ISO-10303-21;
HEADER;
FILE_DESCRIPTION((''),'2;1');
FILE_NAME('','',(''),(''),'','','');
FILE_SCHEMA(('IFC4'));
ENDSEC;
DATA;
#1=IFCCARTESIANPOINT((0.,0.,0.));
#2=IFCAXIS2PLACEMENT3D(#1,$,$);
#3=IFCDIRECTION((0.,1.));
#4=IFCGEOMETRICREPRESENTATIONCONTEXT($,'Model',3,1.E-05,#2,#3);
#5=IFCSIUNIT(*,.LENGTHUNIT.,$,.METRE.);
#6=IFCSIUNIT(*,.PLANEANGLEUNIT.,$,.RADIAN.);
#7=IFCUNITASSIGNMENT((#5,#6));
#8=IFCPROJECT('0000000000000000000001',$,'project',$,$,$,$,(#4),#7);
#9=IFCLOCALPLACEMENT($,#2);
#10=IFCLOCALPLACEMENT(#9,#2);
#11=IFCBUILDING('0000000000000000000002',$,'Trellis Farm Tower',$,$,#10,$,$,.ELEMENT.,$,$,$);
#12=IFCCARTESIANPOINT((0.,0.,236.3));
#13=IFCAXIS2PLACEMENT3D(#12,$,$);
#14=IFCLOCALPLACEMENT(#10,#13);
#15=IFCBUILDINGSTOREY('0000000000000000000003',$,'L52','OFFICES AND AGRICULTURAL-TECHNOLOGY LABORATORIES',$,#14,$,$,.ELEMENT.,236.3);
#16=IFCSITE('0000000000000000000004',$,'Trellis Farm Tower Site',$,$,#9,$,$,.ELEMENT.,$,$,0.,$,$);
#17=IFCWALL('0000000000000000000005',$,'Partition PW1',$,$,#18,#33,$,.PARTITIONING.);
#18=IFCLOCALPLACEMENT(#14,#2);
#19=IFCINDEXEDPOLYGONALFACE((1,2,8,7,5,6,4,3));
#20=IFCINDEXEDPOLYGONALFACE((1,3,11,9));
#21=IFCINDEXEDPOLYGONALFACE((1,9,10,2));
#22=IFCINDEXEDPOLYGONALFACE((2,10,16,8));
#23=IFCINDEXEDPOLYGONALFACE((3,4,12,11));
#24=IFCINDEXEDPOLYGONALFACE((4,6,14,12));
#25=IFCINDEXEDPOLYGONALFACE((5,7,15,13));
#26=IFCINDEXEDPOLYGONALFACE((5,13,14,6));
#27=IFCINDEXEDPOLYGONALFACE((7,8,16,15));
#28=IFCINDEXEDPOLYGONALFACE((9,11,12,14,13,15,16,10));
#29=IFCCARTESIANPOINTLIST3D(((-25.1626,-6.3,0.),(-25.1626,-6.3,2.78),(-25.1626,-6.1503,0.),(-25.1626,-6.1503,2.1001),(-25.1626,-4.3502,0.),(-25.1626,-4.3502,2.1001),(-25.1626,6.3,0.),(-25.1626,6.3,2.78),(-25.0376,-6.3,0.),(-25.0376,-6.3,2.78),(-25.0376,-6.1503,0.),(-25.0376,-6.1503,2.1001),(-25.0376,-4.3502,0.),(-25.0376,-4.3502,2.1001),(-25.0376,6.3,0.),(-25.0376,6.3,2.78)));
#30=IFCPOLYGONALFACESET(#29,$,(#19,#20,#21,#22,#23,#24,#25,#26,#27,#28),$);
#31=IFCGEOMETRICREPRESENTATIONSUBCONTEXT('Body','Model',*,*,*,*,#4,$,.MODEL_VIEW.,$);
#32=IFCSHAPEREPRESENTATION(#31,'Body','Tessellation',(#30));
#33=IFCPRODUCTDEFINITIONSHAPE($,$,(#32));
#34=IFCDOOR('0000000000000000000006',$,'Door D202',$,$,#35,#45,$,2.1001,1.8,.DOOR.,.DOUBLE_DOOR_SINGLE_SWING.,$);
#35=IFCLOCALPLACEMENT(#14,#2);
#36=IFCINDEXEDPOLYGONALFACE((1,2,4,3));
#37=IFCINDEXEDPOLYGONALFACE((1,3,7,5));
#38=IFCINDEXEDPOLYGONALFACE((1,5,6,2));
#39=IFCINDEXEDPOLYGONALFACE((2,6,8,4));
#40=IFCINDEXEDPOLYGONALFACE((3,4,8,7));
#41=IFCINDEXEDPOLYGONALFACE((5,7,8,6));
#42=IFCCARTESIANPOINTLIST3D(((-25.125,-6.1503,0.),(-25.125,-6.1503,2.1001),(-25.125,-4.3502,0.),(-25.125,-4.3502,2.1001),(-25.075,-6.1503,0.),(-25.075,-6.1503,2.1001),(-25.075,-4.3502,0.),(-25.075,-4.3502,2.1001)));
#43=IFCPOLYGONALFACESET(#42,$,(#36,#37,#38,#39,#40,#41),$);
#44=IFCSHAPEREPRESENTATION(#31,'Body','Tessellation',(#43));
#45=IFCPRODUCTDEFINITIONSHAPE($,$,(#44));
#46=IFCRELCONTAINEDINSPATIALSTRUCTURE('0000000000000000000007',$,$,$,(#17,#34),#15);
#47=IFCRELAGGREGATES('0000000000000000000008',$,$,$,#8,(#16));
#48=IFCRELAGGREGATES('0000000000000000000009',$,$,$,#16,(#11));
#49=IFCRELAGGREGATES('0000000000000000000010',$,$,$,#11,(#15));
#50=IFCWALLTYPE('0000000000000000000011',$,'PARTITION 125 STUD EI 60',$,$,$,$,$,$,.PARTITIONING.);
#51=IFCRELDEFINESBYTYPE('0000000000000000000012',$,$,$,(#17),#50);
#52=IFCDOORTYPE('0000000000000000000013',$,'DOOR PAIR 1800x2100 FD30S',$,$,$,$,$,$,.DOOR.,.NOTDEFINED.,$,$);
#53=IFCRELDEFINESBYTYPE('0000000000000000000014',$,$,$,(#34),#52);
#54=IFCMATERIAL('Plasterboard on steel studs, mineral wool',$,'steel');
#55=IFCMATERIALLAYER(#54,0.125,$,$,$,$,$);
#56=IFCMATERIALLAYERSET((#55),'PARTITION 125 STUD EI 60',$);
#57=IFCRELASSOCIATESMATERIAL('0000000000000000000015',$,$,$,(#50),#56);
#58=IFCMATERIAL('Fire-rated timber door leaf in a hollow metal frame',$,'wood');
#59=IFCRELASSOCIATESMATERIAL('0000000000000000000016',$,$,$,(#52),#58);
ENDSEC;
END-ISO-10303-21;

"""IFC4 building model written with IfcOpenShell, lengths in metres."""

from ifc_helpers import new_model, si_unit, direction, frame, frame_2d, origin, place, context, subcontext, project, spatial, rectangle, extrude, source, transform, mapped, material, layer, layer_set, type_object, element, fill, save


model = new_model("IFC4")

# Units and contexts
model_context = context("Model", 3, precision=1e-05, world=origin(), true_north=direction((0.0, 1.0)))
body_context = subcontext(model_context, "Body", "Model", "MODEL_VIEW")
ifc_project = project(units=[si_unit("LENGTHUNIT", "METRE"), si_unit("PLANEANGLEUNIT", "RADIAN")], contexts=[model_context])

# Site, building, storey
site_placement = place(None, origin())
site = spatial("IfcSite", under=ifc_project, at=site_placement, Name="Trellis Farm Tower Site", CompositionType="ELEMENT", RefElevation=0.0)
building_placement = place(site_placement, origin())
building = spatial("IfcBuilding", under=site, at=building_placement, Name="Trellis Farm Tower", CompositionType="ELEMENT")
storey_placement = place(building_placement, frame((0.0, 0.0, 236.3)))
storey = spatial("IfcBuildingStorey", under=building, at=storey_placement, Name="L52", Description="OFFICES AND AGRICULTURAL-TECHNOLOGY LABORATORIES", CompositionType="ELEMENT", Elevation=236.3)

# Shared definitions
ifc_material_1 = material(Name="Plasterboard on steel studs, mineral wool", Category="steel")
ifc_layer_1 = layer(ifc_material_1, 0.125)
ifc_layer_set_1 = layer_set([ifc_layer_1], Name="PARTITION 125 STUD EI 60")
wall_type = type_object("IfcWallType", Name="PARTITION 125 STUD EI 60", PredefinedType="PARTITIONING", material=ifc_layer_set_1)

# Wall, opening, door
shared_shape_1 = source(origin(), body_context, "Body", "SweptSolid", [
    extrude(rectangle(XDim=12.6001, YDim=0.125, at=frame_2d((6.3, 0.0))), origin(), (0.0, 0.0, 1.0), 2.78),
])
wall_1_placement = place(storey_placement, frame((-25.1001, -6.3, 0.0), z_axis=(0.0, 0.0, 1.0), x_axis=(0.0, 1.0, 0.0)))
wall_1 = element("IfcWall", 1, at=wall_1_placement, inside=storey, type_object=wall_type, Name="Partition PW1", PredefinedType="PARTITIONING", context=body_context, shape_type="MappedRepresentation", body=[
    mapped(shared_shape_1, transform((0.0, 0.0, 0.0))),
])
shared_shape_2 = source(origin(), body_context, "Body", "SweptSolid", [
    extrude(rectangle(XDim=1.8, YDim=2.1001, at=frame_2d((0.8999, 1.05))), frame((0.0, 0.0725, 0.0), z_axis=(0.0, -1.0, 0.0), x_axis=(1.0, 0.0, 0.0)), (0.0, 0.0, 1.0), 0.145),
])
opening_placement = place(wall_1_placement, frame((0.1499, 0.0, 0.0)))
opening = element("IfcOpeningElement", 2, at=opening_placement, cuts=wall_1, PredefinedType="OPENING", context=body_context, shape_type="MappedRepresentation", body=[
    mapped(shared_shape_2, transform((0.0, 0.0, 0.0))),
])
ifc_material_2 = material(Name="Fire-rated timber door leaf in a hollow metal frame", Category="wood")
door_type = type_object("IfcDoorType", Name="DOOR PAIR 1800x2100 FD30S", OperationType="NOTDEFINED", PredefinedType="DOOR", material=ifc_material_2)
shared_shape_3 = source(origin(), body_context, "Body", "SweptSolid", [
    extrude(rectangle(XDim=1.8, YDim=2.1001, at=frame_2d((0.8999, 1.05))), frame((0.0, 0.0249, 0.0), z_axis=(0.0, -1.0, 0.0), x_axis=(1.0, 0.0, 0.0)), (0.0, 0.0, 1.0), 0.05),
])
door_placement = place(opening_placement, origin())
door = element("IfcDoor", 3, at=door_placement, inside=storey, type_object=door_type, Name="Door D202", OperationType="DOUBLE_DOOR_SINGLE_SWING", OverallHeight=2.1001, OverallWidth=1.8, PredefinedType="DOOR", context=body_context, shape_type="MappedRepresentation", body=[
    mapped(shared_shape_3, transform((0.0, 0.0, 0.0))),
])
fill(opening, door)

save(model, "model.ifc")
